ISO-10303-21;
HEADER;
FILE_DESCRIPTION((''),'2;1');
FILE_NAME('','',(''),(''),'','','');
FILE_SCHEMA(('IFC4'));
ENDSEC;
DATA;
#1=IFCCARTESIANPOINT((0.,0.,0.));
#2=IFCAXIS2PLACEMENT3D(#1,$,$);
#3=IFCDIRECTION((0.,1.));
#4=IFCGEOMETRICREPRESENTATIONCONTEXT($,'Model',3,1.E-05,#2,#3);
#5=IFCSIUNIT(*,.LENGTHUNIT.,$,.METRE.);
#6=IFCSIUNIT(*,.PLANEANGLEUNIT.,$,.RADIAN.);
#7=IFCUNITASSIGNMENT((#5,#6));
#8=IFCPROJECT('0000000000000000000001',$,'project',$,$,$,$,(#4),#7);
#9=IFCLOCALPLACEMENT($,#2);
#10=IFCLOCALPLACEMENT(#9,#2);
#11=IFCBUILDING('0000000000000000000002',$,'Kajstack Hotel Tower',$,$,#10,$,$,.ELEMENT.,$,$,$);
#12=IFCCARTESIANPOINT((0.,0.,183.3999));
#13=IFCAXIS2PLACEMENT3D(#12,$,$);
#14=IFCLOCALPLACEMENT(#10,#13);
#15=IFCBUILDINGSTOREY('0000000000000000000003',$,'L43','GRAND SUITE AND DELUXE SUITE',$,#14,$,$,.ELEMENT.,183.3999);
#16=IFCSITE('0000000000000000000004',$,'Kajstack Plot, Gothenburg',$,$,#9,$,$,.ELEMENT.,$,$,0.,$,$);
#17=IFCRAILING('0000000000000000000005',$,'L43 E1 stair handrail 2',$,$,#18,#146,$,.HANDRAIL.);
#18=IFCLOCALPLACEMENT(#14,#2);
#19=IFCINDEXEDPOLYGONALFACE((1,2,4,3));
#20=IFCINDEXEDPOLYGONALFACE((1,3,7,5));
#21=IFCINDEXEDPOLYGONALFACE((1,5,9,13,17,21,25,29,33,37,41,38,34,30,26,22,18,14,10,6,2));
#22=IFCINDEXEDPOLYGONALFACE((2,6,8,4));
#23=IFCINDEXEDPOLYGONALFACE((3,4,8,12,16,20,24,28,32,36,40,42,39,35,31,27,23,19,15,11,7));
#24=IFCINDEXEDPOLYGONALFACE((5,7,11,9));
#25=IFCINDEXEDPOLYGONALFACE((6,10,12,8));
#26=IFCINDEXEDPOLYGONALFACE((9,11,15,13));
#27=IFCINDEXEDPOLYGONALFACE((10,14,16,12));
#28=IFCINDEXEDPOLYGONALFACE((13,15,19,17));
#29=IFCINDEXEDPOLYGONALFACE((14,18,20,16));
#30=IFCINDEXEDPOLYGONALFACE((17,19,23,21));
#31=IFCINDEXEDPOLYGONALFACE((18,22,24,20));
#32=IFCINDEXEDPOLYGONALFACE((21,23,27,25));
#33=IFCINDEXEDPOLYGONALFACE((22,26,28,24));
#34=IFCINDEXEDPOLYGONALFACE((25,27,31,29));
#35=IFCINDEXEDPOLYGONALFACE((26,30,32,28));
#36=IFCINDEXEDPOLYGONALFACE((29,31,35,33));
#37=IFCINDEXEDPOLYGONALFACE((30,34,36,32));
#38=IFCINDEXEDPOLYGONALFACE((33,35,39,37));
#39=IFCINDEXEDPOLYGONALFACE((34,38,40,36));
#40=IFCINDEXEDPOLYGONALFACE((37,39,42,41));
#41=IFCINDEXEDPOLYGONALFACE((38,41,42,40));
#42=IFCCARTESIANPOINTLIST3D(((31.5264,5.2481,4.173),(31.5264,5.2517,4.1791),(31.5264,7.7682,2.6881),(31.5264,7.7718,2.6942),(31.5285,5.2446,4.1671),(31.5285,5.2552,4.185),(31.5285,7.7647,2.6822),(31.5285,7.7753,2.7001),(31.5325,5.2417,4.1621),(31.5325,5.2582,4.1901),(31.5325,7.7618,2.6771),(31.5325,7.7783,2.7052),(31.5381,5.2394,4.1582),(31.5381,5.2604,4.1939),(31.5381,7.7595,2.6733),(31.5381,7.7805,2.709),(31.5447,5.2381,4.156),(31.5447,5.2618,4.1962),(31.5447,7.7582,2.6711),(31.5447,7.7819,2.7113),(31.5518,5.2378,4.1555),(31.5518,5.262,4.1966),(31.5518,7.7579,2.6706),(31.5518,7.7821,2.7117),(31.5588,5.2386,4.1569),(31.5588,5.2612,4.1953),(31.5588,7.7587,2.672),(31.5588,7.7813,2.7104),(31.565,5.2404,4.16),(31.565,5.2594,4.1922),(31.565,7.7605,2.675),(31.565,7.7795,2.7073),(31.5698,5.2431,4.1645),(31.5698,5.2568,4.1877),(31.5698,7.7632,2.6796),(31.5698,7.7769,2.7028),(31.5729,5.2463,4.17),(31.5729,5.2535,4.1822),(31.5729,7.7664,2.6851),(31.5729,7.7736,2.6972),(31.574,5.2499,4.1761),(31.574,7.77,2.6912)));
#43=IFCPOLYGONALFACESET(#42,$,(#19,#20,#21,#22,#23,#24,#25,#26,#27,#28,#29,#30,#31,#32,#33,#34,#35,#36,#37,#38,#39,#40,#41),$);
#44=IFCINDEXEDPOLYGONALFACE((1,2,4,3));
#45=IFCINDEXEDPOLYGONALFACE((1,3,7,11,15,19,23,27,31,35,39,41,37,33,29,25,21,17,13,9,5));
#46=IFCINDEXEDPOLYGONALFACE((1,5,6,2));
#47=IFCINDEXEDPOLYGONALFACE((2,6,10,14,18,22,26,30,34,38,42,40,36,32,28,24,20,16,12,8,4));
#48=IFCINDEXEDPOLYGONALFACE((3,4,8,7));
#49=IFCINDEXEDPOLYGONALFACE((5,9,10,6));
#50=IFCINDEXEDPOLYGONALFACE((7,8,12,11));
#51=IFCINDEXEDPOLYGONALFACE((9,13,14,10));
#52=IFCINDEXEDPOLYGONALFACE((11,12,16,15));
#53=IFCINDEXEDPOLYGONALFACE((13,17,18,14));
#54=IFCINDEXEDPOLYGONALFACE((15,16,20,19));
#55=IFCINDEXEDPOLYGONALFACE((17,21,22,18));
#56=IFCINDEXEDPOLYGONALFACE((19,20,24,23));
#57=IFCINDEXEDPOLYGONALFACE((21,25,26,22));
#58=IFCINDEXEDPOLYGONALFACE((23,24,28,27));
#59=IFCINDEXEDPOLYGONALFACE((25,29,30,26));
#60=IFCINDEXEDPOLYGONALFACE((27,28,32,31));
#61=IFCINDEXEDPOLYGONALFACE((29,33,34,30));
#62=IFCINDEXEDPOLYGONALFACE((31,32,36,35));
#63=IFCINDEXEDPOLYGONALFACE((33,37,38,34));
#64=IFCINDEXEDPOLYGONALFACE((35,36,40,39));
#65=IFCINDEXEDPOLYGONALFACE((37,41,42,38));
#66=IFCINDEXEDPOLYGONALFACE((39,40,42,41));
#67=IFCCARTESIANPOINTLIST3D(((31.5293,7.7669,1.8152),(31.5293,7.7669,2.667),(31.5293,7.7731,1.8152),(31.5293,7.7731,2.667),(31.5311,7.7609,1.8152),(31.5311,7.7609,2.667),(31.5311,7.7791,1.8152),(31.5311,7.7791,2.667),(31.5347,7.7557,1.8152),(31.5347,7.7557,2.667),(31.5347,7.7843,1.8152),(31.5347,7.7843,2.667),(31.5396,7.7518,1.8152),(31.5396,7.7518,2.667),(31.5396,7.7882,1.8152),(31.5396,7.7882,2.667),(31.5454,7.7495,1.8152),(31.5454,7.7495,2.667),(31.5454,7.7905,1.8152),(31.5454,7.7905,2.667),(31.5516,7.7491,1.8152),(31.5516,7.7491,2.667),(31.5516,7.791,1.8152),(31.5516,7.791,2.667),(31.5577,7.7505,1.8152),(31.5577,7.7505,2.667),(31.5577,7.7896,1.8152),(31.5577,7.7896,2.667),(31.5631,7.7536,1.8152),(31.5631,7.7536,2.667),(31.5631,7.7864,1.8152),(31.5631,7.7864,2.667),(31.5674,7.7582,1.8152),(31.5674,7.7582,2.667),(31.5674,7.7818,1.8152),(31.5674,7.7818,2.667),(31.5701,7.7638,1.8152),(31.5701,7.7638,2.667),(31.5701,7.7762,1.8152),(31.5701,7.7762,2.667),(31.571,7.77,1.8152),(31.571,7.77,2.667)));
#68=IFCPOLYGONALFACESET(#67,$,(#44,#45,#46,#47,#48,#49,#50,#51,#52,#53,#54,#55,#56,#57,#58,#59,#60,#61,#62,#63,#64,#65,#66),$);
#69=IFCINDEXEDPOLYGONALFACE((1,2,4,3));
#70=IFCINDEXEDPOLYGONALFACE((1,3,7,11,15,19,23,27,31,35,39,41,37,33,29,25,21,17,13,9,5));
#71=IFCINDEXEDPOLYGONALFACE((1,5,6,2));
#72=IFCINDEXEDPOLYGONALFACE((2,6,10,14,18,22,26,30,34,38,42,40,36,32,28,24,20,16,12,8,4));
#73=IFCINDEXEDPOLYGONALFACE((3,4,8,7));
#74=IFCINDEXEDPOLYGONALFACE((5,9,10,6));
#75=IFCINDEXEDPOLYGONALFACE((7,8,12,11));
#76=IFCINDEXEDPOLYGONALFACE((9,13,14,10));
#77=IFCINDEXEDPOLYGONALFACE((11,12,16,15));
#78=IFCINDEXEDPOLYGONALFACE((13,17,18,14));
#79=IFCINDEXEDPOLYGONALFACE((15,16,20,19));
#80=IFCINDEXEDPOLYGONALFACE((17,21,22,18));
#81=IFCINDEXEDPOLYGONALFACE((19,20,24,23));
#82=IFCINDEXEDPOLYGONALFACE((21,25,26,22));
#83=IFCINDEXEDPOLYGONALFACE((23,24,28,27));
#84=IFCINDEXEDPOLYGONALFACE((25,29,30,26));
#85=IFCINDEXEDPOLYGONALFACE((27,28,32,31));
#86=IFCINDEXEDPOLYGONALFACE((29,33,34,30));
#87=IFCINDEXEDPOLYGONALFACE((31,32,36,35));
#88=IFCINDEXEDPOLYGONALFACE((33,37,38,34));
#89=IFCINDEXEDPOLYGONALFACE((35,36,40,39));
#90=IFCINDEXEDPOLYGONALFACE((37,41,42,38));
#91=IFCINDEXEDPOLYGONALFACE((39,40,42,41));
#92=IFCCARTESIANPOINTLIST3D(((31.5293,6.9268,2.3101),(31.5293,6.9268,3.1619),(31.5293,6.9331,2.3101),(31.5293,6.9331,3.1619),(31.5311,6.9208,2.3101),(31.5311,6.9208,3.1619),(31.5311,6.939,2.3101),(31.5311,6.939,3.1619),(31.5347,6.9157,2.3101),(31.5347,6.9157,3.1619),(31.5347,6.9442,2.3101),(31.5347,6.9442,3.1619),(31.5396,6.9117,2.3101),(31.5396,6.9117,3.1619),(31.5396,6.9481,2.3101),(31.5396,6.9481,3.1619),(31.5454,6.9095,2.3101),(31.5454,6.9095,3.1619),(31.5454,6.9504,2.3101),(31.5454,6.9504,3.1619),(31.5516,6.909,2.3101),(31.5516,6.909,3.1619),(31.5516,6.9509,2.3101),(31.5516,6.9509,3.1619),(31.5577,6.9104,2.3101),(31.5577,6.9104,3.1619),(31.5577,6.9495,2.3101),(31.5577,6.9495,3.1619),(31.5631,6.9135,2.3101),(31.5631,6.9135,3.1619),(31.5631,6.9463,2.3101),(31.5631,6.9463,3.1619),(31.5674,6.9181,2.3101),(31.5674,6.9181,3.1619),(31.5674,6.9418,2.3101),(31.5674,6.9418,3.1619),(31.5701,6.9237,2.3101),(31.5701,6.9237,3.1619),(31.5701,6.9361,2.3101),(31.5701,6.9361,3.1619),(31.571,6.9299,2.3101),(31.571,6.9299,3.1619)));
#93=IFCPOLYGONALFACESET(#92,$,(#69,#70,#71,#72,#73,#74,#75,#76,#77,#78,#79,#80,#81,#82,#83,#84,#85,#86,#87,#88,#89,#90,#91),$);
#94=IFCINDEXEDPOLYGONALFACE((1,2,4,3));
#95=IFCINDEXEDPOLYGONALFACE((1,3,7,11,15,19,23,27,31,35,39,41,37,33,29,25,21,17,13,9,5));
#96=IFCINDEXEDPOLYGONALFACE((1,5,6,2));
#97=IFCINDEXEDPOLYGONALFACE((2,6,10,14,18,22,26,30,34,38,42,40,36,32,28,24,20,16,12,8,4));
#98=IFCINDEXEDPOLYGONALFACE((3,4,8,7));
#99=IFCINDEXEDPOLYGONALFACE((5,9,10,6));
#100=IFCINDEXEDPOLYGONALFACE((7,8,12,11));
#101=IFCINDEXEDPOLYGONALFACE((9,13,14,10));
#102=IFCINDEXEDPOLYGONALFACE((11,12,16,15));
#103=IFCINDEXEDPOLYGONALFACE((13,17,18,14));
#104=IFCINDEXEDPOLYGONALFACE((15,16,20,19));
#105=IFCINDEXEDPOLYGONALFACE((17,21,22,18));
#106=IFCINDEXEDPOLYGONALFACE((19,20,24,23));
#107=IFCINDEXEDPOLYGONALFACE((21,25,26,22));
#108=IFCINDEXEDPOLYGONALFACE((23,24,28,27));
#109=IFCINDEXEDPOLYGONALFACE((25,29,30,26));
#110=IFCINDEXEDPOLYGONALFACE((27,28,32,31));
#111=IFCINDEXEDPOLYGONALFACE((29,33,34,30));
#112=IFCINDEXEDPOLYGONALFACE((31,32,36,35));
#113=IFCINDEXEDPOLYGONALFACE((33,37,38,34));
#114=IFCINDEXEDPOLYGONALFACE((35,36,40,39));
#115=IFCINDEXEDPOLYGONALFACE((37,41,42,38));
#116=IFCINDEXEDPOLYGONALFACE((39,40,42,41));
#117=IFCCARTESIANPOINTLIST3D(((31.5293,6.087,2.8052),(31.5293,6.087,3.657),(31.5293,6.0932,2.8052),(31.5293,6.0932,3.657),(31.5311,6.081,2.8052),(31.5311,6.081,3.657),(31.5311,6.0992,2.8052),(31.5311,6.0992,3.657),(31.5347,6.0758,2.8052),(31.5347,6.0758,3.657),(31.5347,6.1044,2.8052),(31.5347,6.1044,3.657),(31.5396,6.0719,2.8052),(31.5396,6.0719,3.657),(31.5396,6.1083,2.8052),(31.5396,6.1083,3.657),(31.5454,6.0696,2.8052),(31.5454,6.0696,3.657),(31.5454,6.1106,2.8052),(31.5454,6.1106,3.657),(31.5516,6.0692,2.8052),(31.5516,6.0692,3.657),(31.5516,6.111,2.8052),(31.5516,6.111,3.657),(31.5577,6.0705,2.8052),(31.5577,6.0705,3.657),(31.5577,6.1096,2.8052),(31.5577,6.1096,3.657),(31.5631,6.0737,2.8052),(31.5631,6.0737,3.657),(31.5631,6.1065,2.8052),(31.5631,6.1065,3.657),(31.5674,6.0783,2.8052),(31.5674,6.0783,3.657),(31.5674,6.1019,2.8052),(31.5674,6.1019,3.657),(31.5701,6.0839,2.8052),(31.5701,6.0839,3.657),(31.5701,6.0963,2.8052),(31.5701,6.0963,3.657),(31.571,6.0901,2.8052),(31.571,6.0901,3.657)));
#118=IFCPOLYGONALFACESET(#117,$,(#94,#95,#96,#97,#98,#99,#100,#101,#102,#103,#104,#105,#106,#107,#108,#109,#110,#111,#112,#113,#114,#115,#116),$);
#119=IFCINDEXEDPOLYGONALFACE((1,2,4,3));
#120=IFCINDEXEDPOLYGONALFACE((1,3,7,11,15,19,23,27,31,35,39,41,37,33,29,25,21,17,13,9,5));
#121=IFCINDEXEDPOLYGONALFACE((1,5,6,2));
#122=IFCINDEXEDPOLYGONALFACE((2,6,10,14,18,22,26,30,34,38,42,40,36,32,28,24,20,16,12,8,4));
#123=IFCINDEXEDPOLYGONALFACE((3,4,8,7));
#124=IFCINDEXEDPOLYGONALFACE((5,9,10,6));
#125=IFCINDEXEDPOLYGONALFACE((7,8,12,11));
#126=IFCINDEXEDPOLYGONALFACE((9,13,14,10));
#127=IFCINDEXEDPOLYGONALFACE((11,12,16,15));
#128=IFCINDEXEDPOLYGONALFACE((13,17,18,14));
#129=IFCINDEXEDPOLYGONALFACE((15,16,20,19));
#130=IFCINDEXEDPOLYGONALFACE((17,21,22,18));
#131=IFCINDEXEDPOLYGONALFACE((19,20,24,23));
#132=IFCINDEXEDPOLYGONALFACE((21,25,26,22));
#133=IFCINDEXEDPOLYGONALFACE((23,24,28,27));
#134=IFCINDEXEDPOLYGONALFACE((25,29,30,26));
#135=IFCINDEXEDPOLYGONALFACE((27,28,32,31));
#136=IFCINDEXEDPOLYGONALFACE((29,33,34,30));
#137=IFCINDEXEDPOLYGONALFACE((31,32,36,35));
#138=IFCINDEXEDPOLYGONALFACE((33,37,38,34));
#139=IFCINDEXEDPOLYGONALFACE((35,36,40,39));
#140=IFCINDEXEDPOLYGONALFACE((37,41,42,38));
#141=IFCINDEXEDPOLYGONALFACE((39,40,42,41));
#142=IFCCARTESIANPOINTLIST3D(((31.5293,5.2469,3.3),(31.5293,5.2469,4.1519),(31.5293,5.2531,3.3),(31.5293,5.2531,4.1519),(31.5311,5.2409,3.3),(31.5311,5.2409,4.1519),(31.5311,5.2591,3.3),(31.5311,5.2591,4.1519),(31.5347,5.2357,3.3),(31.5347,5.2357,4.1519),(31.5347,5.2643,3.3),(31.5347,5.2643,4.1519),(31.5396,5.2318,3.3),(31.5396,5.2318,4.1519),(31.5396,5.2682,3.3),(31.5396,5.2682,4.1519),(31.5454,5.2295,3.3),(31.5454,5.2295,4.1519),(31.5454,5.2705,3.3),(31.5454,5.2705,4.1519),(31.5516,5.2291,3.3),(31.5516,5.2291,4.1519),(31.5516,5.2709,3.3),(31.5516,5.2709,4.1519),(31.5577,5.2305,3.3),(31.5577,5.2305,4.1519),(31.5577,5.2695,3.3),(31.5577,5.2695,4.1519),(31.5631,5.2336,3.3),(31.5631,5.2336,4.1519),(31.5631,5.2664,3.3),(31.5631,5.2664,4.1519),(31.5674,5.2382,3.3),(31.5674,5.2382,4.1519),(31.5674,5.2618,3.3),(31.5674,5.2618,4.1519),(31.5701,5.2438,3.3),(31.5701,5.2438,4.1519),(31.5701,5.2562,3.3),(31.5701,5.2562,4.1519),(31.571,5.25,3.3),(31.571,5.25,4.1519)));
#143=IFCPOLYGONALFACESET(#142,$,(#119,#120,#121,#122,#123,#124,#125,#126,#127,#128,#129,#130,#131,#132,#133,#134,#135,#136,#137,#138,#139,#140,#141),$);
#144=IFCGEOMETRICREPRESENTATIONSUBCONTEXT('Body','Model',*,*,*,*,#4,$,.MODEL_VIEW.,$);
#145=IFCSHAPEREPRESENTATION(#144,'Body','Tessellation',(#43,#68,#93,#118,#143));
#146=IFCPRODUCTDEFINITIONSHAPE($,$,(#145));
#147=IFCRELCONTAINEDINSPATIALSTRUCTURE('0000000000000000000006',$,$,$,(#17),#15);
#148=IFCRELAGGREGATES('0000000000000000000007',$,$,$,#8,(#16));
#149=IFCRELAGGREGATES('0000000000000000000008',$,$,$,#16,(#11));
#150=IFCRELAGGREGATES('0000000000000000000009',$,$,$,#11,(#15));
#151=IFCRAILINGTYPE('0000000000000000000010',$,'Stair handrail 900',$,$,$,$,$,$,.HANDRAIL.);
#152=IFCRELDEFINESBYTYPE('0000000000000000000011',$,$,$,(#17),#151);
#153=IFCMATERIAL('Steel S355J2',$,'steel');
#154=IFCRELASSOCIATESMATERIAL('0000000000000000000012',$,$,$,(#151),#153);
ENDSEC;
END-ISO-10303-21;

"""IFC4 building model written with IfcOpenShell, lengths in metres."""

from ifc_helpers import new_model, si_unit, direction, frame, origin, origin_2d, place, context, subcontext, project, spatial, circle, extrude, material, type_object, element, save


model = new_model("IFC4")

# Units and contexts
model_context = context("Model", 3, precision=1e-05, world=origin(), true_north=direction((0.0, 1.0)))
body_context = subcontext(model_context, "Body", "Model", "MODEL_VIEW")
ifc_project = project(units=[si_unit("LENGTHUNIT", "METRE"), si_unit("PLANEANGLEUNIT", "RADIAN")], contexts=[model_context])

# Site, building, storey
site_placement = place(None, origin())
site = spatial("IfcSite", under=ifc_project, at=site_placement, Name="Kajstack Plot, Gothenburg", CompositionType="ELEMENT", RefElevation=0.0)
building_placement = place(site_placement, origin())
building = spatial("IfcBuilding", under=site, at=building_placement, Name="Kajstack Hotel Tower", CompositionType="ELEMENT")
storey_placement = place(building_placement, frame((0.0, 0.0, 183.3999)))
storey = spatial("IfcBuildingStorey", under=building, at=storey_placement, Name="L43", Description="GRAND SUITE AND DELUXE SUITE", CompositionType="ELEMENT", Elevation=183.3999)

# Railing
ifc_material_1 = material(Name="Steel S355J2", Category="steel")
railing_type_1 = type_object("IfcRailingType", Name="Stair handrail 900", PredefinedType="HANDRAIL", material=ifc_material_1)
railing_1_placement = place(storey_placement, frame((31.55, 7.77, 1.8152)))
element("IfcRailing", 1, at=railing_1_placement, inside=storey, type_object=railing_type_1, Name="L43 E1 stair handrail 2", PredefinedType="HANDRAIL", context=body_context, shape_type="SweptSolid", body=[
    extrude(circle(Radius=0.0239, at=origin_2d()), frame((0.0, 0.0, 0.876), z_axis=(0.0, -0.861561, 0.507655), x_axis=(1.0, 0.0, 0.0)), (0.0, 0.0, 1.0), 2.925),
    extrude(circle(Radius=0.021, at=origin_2d()), origin(), (0.0, 0.0, 1.0), 0.8518),
    extrude(circle(Radius=0.021, at=origin_2d()), frame((0.0, -0.8401, 0.4949)), (0.0, 0.0, 1.0), 0.8518),
    extrude(circle(Radius=0.021, at=origin_2d()), frame((0.0, -1.6799, 0.99)), (0.0, 0.0, 1.0), 0.8518),
    extrude(circle(Radius=0.021, at=origin_2d()), frame((0.0, -2.52, 1.4849)), (0.0, 0.0, 1.0), 0.8518),
])

save(model, "model.ifc")
